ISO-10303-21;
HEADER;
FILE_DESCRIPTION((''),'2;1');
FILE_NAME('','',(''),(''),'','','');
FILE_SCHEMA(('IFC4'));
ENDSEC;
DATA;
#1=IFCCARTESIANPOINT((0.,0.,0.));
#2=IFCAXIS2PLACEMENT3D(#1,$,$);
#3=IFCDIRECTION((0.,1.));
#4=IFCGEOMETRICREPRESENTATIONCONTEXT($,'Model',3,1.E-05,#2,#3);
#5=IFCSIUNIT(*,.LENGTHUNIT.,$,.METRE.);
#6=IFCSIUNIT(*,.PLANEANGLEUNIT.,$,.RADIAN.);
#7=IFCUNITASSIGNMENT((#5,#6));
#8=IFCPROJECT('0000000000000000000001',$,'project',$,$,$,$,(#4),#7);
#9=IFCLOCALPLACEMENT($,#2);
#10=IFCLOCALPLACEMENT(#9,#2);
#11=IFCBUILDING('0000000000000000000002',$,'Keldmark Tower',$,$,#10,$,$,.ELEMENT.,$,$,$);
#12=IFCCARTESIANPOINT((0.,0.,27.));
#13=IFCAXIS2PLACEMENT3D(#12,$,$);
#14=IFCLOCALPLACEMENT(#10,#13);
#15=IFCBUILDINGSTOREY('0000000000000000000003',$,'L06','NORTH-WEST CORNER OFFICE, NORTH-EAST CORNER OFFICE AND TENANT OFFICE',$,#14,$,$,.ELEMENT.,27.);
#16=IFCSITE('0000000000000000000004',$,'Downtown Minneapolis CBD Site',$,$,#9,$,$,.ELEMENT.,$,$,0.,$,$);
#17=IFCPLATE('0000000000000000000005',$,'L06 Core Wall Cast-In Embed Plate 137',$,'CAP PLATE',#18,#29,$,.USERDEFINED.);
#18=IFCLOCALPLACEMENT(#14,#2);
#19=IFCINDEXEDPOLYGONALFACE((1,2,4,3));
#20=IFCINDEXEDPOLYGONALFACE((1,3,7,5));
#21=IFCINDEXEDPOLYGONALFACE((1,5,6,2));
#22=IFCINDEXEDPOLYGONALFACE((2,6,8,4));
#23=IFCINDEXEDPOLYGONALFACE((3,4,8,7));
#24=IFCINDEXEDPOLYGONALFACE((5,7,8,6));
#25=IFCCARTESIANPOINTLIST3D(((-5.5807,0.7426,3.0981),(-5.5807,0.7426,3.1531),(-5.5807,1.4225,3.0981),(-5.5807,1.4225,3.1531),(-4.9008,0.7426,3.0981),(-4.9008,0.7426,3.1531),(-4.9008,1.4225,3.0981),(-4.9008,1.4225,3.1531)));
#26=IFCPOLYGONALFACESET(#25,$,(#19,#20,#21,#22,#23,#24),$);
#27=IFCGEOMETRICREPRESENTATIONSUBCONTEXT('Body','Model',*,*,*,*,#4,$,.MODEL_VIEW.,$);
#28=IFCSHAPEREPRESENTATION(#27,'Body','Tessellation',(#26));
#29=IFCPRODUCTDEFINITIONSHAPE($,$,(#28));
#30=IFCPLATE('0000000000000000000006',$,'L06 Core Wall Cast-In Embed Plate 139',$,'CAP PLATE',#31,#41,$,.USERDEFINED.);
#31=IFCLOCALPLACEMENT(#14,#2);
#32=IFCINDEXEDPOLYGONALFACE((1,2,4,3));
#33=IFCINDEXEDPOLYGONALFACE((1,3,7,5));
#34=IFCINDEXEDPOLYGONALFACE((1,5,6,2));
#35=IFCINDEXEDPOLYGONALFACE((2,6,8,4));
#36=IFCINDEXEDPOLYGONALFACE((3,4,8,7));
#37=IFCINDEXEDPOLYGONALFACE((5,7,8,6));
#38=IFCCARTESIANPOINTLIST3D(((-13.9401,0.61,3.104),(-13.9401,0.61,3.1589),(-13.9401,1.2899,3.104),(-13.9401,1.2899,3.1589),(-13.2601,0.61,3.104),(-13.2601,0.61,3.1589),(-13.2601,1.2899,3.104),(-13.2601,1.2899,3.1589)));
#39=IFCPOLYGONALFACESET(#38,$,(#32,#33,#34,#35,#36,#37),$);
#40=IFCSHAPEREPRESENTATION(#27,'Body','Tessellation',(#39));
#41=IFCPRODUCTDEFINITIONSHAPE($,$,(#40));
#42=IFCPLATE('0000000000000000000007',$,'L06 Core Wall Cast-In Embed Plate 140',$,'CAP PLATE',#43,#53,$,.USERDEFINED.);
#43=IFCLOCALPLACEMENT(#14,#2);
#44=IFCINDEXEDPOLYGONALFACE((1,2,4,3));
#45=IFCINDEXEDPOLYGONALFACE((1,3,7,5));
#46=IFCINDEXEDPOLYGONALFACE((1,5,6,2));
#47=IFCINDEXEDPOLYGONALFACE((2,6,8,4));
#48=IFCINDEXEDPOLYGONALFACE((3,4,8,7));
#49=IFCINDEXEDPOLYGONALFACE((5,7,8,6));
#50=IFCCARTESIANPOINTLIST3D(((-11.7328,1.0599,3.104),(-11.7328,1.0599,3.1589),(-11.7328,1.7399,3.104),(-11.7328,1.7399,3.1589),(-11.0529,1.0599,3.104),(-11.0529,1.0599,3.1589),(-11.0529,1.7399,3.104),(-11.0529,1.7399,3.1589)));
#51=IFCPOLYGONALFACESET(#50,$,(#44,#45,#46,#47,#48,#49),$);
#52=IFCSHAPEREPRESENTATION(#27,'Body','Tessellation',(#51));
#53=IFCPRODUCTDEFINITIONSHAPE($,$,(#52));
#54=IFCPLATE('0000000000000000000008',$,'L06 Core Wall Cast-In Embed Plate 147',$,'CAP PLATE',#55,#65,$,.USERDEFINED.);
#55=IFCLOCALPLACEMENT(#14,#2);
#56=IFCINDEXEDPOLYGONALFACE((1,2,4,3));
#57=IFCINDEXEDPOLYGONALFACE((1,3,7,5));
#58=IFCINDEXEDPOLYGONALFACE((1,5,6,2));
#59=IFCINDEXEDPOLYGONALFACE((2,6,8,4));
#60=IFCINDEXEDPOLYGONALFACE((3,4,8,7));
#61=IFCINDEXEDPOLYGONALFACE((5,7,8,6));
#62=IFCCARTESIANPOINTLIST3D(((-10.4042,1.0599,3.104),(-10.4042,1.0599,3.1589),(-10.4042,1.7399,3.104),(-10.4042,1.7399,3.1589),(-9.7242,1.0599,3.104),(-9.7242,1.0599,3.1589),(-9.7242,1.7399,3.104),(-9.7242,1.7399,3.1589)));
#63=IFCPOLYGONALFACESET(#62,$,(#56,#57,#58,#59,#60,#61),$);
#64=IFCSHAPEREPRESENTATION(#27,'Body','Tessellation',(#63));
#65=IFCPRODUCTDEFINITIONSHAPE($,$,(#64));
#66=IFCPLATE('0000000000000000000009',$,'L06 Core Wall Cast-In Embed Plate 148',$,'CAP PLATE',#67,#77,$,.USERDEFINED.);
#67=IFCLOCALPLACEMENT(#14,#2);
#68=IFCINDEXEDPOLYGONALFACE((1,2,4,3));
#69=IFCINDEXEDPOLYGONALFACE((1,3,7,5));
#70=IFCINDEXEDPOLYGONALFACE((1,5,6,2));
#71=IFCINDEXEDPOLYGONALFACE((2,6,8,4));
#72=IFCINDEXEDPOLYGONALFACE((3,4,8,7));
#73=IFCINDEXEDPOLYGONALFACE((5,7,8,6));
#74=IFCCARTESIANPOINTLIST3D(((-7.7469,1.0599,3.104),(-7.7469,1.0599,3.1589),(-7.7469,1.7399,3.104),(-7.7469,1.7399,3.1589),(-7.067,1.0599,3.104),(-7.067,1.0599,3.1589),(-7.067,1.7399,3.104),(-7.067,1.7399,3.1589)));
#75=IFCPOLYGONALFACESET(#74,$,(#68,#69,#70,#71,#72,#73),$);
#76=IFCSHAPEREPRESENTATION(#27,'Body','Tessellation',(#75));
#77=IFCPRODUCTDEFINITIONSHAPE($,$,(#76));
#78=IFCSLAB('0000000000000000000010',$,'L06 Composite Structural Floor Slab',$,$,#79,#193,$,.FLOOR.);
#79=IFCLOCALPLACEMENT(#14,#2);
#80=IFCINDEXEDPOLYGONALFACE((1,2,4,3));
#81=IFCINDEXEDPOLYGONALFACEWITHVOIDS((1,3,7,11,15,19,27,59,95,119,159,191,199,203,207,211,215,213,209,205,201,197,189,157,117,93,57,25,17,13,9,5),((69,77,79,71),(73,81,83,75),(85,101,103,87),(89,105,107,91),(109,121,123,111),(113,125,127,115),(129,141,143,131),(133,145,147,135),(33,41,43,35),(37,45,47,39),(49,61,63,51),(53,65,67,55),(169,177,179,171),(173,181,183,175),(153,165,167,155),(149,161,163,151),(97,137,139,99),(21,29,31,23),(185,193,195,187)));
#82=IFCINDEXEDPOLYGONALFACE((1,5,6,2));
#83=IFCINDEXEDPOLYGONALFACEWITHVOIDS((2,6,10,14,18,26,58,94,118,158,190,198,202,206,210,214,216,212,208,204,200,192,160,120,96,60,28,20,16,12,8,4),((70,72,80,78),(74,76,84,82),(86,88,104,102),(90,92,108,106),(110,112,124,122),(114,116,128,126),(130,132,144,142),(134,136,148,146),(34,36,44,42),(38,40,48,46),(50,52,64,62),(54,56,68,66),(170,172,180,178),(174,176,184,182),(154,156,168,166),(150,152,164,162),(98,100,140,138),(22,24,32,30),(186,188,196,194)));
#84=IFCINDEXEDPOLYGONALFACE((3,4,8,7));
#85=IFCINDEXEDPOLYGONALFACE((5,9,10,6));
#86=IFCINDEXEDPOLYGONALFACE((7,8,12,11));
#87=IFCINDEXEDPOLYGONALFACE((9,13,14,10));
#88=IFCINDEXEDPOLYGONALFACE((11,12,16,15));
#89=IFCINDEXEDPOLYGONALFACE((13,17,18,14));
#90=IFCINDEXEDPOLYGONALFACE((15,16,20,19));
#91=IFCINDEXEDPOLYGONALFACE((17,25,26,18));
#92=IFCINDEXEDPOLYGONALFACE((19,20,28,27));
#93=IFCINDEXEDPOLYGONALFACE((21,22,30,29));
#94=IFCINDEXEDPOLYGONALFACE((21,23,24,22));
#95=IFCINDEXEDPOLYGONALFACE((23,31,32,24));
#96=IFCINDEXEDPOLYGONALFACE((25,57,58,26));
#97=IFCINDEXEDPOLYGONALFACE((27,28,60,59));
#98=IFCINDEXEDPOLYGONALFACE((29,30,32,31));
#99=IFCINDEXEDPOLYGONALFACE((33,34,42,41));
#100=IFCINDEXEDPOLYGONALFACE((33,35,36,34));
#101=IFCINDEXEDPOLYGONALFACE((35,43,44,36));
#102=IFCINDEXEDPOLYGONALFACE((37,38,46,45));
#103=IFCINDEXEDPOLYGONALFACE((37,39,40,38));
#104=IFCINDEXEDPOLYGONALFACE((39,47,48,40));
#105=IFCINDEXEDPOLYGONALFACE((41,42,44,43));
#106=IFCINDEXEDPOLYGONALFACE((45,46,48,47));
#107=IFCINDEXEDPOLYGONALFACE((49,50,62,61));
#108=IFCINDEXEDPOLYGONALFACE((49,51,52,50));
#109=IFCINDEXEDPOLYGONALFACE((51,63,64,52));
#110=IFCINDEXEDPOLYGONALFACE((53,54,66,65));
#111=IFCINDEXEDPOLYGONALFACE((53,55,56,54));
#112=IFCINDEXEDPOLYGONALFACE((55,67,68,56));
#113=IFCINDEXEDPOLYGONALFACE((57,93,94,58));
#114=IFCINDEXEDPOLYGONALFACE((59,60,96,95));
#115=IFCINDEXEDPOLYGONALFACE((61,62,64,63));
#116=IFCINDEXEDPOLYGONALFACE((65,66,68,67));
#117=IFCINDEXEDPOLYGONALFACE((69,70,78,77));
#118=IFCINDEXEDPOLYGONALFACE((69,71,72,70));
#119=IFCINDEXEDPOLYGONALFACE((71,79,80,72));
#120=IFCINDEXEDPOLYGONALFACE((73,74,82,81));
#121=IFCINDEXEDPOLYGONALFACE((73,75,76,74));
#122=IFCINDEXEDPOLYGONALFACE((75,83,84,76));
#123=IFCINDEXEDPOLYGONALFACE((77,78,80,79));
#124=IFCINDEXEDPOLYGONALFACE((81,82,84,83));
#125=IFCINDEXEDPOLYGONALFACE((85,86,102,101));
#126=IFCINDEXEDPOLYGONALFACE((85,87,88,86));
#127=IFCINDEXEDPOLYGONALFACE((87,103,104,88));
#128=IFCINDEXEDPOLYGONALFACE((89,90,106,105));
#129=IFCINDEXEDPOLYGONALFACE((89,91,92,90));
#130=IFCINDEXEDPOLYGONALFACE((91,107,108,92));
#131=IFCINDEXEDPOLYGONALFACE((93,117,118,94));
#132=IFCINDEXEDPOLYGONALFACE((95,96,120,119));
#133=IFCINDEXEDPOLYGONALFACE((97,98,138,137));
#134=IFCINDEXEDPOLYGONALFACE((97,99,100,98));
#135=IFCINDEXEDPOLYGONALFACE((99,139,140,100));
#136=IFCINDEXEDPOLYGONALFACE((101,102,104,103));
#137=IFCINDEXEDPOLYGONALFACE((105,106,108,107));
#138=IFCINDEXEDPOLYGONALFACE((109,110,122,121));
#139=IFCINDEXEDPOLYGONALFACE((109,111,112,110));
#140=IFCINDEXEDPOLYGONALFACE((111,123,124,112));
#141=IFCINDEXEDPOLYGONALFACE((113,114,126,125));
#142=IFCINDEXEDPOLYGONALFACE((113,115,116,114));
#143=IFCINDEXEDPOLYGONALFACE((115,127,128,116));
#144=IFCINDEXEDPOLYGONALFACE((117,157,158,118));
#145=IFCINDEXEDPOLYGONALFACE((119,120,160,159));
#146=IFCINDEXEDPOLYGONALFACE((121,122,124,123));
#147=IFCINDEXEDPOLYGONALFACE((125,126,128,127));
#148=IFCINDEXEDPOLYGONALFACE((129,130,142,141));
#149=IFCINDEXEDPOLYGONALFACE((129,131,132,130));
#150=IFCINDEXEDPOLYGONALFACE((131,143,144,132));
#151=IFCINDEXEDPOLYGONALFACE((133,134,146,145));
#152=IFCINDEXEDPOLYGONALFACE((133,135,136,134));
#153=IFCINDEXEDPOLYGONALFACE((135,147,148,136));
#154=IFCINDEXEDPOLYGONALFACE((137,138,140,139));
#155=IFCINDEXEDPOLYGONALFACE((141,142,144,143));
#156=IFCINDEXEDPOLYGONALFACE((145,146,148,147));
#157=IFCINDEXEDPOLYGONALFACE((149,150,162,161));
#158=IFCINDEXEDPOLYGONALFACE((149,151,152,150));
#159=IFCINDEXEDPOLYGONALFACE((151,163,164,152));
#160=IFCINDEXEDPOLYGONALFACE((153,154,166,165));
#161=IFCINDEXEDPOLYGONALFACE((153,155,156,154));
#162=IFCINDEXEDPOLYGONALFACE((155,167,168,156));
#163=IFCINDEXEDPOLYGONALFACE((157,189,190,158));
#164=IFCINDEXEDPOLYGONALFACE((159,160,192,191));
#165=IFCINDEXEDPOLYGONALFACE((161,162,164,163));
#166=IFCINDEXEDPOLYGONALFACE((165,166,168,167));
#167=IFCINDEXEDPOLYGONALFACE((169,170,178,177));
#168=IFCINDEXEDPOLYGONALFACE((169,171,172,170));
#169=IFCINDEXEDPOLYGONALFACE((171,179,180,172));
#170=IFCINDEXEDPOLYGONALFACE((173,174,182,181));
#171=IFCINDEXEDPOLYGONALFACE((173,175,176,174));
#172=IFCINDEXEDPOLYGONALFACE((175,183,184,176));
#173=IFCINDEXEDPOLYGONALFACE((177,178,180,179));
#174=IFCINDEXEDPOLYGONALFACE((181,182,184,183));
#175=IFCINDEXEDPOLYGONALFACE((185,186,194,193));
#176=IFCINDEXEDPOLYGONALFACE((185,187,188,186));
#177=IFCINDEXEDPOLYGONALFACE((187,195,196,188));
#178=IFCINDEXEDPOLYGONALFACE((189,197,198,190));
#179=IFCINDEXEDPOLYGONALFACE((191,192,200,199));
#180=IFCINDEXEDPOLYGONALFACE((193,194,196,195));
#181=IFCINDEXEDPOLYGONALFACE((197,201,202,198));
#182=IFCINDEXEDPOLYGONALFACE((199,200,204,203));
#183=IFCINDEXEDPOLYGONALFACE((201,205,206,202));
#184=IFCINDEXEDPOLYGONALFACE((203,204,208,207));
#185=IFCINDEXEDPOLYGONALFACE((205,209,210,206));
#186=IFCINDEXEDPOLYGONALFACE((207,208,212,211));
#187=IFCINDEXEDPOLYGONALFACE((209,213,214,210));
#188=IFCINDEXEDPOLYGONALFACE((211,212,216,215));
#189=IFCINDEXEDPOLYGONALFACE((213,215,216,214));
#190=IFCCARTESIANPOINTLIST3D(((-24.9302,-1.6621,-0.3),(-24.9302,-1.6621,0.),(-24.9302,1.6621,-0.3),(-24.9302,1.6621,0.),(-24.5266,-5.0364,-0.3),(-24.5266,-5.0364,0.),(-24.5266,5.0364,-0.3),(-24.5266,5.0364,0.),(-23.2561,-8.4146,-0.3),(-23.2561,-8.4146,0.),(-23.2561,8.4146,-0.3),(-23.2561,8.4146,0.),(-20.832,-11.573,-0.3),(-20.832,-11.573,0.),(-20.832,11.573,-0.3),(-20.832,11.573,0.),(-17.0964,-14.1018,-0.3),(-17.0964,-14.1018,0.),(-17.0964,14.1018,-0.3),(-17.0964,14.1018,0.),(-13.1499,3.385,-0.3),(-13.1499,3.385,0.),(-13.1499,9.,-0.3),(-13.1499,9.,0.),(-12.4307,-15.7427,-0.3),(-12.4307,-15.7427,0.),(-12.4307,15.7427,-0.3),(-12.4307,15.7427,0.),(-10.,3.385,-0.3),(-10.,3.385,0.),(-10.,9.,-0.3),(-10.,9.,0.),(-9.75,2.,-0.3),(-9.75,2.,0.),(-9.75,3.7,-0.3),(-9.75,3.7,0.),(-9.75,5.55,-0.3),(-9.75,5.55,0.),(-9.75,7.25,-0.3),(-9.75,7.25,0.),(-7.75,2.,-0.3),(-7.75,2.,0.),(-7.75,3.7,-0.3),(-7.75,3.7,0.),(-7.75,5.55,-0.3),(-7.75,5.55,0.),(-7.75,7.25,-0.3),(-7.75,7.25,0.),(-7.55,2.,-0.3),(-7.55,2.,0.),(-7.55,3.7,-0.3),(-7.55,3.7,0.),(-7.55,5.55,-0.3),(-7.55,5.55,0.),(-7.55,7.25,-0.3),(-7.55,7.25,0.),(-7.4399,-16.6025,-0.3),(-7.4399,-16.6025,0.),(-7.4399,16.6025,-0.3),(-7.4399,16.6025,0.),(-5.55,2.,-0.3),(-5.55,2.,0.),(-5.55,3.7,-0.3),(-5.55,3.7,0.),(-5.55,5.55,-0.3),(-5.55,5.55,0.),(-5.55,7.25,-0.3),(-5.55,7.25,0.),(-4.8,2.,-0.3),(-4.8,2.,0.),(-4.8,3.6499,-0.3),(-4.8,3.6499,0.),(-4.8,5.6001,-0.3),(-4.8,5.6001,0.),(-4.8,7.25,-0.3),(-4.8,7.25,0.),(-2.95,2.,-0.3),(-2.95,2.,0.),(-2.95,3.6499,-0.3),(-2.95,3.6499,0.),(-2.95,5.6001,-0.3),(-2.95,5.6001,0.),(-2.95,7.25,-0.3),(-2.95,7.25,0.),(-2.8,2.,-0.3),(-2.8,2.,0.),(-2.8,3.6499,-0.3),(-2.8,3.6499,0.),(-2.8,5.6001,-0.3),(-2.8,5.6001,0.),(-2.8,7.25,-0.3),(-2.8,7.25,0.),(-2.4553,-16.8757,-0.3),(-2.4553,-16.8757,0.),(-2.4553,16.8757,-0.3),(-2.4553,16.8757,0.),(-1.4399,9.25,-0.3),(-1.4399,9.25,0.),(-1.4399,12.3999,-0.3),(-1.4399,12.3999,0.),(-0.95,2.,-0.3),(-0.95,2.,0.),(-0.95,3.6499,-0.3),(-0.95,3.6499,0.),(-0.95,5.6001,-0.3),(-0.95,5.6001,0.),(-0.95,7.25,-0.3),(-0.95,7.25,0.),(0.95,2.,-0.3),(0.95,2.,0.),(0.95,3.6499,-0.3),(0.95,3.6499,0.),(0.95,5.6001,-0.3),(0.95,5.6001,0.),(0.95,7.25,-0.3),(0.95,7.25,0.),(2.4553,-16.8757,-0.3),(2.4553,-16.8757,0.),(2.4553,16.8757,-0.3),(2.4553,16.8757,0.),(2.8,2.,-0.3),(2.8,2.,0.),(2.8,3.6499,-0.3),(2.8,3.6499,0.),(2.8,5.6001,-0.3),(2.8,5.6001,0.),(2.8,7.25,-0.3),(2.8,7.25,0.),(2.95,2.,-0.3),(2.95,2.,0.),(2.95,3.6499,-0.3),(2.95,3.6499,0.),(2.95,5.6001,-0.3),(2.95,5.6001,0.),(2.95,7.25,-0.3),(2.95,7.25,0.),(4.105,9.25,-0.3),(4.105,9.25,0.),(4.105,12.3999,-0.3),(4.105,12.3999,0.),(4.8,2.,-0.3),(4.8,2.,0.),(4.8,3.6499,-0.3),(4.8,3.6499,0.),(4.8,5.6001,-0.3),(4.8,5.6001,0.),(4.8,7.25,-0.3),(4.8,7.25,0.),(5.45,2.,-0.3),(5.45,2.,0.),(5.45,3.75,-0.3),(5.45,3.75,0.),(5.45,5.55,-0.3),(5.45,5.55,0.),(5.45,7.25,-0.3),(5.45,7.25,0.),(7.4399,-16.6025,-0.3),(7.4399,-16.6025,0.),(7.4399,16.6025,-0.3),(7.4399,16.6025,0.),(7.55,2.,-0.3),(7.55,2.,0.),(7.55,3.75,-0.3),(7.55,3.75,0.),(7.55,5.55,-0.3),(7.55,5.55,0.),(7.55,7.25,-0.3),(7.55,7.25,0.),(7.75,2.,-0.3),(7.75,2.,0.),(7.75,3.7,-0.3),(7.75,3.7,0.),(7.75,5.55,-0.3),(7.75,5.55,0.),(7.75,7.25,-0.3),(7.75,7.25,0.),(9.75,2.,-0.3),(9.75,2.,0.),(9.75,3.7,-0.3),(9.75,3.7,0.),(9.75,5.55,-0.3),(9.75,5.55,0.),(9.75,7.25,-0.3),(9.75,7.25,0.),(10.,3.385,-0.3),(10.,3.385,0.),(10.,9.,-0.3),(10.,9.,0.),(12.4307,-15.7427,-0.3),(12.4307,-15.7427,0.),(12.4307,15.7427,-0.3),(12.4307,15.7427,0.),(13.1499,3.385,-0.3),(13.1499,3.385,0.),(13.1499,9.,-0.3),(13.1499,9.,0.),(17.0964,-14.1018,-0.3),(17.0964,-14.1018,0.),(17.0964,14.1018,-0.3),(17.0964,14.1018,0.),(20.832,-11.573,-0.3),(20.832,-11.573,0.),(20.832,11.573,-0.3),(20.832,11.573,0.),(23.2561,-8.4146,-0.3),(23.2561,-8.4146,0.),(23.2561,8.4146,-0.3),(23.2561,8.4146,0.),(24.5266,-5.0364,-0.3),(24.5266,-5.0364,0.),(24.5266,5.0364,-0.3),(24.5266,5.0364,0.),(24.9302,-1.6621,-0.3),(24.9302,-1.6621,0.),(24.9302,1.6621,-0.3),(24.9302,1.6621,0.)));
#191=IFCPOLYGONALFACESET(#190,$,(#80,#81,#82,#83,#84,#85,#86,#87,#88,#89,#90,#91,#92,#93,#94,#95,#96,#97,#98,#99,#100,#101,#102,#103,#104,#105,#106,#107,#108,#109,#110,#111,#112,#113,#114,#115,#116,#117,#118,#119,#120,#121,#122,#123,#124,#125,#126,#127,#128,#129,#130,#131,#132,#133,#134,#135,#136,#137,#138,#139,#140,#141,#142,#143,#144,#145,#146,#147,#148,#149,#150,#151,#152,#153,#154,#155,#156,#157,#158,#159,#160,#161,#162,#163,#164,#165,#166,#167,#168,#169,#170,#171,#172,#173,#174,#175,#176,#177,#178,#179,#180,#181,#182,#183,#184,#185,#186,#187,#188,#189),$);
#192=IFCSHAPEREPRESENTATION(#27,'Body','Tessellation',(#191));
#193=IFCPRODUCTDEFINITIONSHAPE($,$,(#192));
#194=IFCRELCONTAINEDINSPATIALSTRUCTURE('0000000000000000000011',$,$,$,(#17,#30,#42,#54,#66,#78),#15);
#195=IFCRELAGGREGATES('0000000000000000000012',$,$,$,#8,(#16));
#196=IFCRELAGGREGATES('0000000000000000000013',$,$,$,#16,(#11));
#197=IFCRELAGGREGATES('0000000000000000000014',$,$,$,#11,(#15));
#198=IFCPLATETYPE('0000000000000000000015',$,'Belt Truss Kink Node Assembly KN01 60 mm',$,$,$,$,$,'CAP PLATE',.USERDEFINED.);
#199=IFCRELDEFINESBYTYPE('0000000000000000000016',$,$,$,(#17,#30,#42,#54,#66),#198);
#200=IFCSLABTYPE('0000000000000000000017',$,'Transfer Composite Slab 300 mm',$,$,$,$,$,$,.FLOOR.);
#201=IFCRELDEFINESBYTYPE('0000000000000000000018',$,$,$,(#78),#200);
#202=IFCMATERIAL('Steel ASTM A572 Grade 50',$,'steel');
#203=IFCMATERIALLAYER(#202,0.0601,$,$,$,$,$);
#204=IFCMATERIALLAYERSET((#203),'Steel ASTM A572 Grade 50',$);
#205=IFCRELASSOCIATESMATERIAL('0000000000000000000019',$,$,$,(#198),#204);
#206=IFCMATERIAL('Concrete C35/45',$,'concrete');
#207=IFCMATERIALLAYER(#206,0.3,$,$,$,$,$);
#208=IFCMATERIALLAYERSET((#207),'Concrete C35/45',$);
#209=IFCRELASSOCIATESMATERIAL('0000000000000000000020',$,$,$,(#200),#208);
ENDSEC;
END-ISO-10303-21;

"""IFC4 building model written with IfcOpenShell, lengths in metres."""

from ifc_helpers import new_model, si_unit, direction, frame, origin, origin_2d, place, context, subcontext, project, spatial, polyline, rectangle, outline, extrude, material, layer, layer_set, type_object, element, save


model = new_model("IFC4")

# Units and contexts
model_context = context("Model", 3, precision=1e-05, world=origin(), true_north=direction((0.0, 1.0)))
body_context = subcontext(model_context, "Body", "Model", "MODEL_VIEW")
ifc_project = project(units=[si_unit("LENGTHUNIT", "METRE"), si_unit("PLANEANGLEUNIT", "RADIAN")], contexts=[model_context])

# Site, building, storey
site_placement = place(None, origin())
site = spatial("IfcSite", under=ifc_project, at=site_placement, Name="Downtown Minneapolis CBD Site", CompositionType="ELEMENT", RefElevation=0.0)
building_placement = place(site_placement, origin())
building = spatial("IfcBuilding", under=site, at=building_placement, Name="Keldmark Tower", CompositionType="ELEMENT")
storey_placement = place(building_placement, frame((0.0, 0.0, 27.0)))
storey = spatial("IfcBuildingStorey", under=building, at=storey_placement, Name="L06", Description="NORTH-WEST CORNER OFFICE, NORTH-EAST CORNER OFFICE AND TENANT OFFICE", CompositionType="ELEMENT", Elevation=27.0)

# Plates
ifc_material_1 = material(Name="Steel ASTM A572 Grade 50", Category="steel")
ifc_layer_1 = layer(ifc_material_1, 0.0601)
ifc_layer_set_1 = layer_set([ifc_layer_1], Name="Steel ASTM A572 Grade 50")
plate_type = type_object("IfcPlateType", Name="Belt Truss Kink Node Assembly KN01 60 mm", ElementType="CAP PLATE", PredefinedType="USERDEFINED", material=ifc_layer_set_1)
for number, where, z_axis, x_axis, name in (
    (1, (-5.2407, 1.0825, 3.0981), (0.0, 0.0, 1.0), (1.0, 0.0, 0.0), "L06 Core Wall Cast-In Embed Plate 137"),
    (2, (-13.6001, 0.95, 3.104), (0.0, 0.0, 1.0), (1.0, 0.0, 0.0), "L06 Core Wall Cast-In Embed Plate 139"),
    (3, (-11.3928, 1.3999, 3.104), (0.0, 0.0, 1.0), (1.0, 0.0, 0.0), "L06 Core Wall Cast-In Embed Plate 140"),
    (4, (-10.0642, 1.3999, 3.104), (0.0, 0.0, 1.0), (1.0, 0.0, 0.0), "L06 Core Wall Cast-In Embed Plate 147"),
    (5, (-7.407, 1.3999, 3.104), (0.0, 0.0, 1.0), (1.0, 0.0, 0.0), "L06 Core Wall Cast-In Embed Plate 148"),
):
    element("IfcPlate", number, at=place(storey_placement, frame(where, z_axis=z_axis, x_axis=x_axis)), inside=storey, type_object=plate_type, Name=name, ObjectType="CAP PLATE", PredefinedType="USERDEFINED", context=body_context, shape_type="SweptSolid", body=[
        extrude(rectangle(XDim=0.6799, YDim=0.6799, at=origin_2d()), origin(), (0.0, 0.0, 1.0), 0.0549),
    ])

# Slab
ifc_material_2 = material(Name="Concrete C35/45", Category="concrete")
ifc_layer_2 = layer(ifc_material_2, 0.3)
ifc_layer_set_2 = layer_set([ifc_layer_2], Name="Concrete C35/45")
slab_type = type_object("IfcSlabType", Name="Transfer Composite Slab 300 mm", PredefinedType="FLOOR", material=ifc_layer_set_2)
slab_placement = place(storey_placement, frame((0.0, 0.0, -0.3)))
element("IfcSlab", 6, at=slab_placement, inside=storey, type_object=slab_type, Name="L06 Composite Structural Floor Slab", PredefinedType="FLOOR", context=body_context, shape_type="SweptSolid", body=[
    extrude(outline(polyline([(24.9302, 1.6621), (24.5266, 5.0364), (23.2561, 8.4146), (20.832, 11.573), (17.0964, 14.1018), (12.4307, 15.7427), (7.4399, 16.6025), (2.4553, 16.8757), (-2.4553, 16.8757), (-7.4399, 16.6025), (-12.4307, 15.7427), (-17.0964, 14.1018), (-20.832, 11.573), (-23.2561, 8.4146), (-24.5266, 5.0364), (-24.9302, 1.6621), (-24.9302, -1.6621), (-24.5266, -5.0364), (-23.2561, -8.4146), (-20.832, -11.573), (-17.0964, -14.1018), (-12.4307, -15.7427), (-7.4399, -16.6025), (-2.4553, -16.8757), (2.4553, -16.8757), (7.4399, -16.6025), (12.4307, -15.7427), (17.0964, -14.1018), (20.832, -11.573), (23.2561, -8.4146), (24.5266, -5.0364), (24.9302, -1.6621), (24.9302, 1.6621)]), holes=[polyline([(-10.0, 3.385), (-10.0, 9.0), (-13.1499, 9.0), (-13.1499, 3.385), (-10.0, 3.385)]), polyline([(13.1499, 3.385), (13.1499, 9.0), (10.0, 9.0), (10.0, 3.385), (13.1499, 3.385)]), polyline([(-1.4399, 9.25), (4.105, 9.25), (4.105, 12.3999), (-1.4399, 12.3999), (-1.4399, 9.25)]), polyline([(-9.75, 2.0), (-7.75, 2.0), (-7.75, 3.7), (-9.75, 3.7), (-9.75, 2.0)]), polyline([(7.75, 2.0), (9.75, 2.0), (9.75, 3.7), (7.75, 3.7), (7.75, 2.0)]), polyline([(5.45, 2.0), (7.55, 2.0), (7.55, 3.75), (5.45, 3.75), (5.45, 2.0)]), polyline([(-4.8, 2.0), (-2.95, 2.0), (-2.95, 3.6499), (-4.8, 3.6499), (-4.8, 2.0)]), polyline([(-2.8, 2.0), (-0.95, 2.0), (-0.95, 3.6499), (-2.8, 3.6499), (-2.8, 2.0)]), polyline([(0.95, 2.0), (2.8, 2.0), (2.8, 3.6499), (0.95, 3.6499), (0.95, 2.0)]), polyline([(2.95, 2.0), (4.8, 2.0), (4.8, 3.6499), (2.95, 3.6499), (2.95, 2.0)]), polyline([(-4.8, 5.6001), (-2.95, 5.6001), (-2.95, 7.25), (-4.8, 7.25), (-4.8, 5.6001)]), polyline([(-2.8, 5.6001), (-0.95, 5.6001), (-0.95, 7.25), (-2.8, 7.25), (-2.8, 5.6001)]), polyline([(0.95, 5.6001), (2.8, 5.6001), (2.8, 7.25), (0.95, 7.25), (0.95, 5.6001)]), polyline([(2.95, 5.6001), (4.8, 5.6001), (4.8, 7.25), (2.95, 7.25), (2.95, 5.6001)]), polyline([(-9.75, 5.55), (-7.75, 5.55), (-7.75, 7.25), (-9.75, 7.25), (-9.75, 5.55)]), polyline([(-7.55, 5.55), (-5.55, 5.55), (-5.55, 7.25), (-7.55, 7.25), (-7.55, 5.55)]), polyline([(-7.55, 2.0), (-5.55, 2.0), (-5.55, 3.7), (-7.55, 3.7), (-7.55, 2.0)]), polyline([(5.45, 5.55), (7.55, 5.55), (7.55, 7.25), (5.45, 7.25), (5.45, 5.55)]), polyline([(7.75, 5.55), (9.75, 5.55), (9.75, 7.25), (7.75, 7.25), (7.75, 5.55)])]), origin(), (0.0, 0.0, 1.0), 0.3),
])

save(model, "model.ifc")
